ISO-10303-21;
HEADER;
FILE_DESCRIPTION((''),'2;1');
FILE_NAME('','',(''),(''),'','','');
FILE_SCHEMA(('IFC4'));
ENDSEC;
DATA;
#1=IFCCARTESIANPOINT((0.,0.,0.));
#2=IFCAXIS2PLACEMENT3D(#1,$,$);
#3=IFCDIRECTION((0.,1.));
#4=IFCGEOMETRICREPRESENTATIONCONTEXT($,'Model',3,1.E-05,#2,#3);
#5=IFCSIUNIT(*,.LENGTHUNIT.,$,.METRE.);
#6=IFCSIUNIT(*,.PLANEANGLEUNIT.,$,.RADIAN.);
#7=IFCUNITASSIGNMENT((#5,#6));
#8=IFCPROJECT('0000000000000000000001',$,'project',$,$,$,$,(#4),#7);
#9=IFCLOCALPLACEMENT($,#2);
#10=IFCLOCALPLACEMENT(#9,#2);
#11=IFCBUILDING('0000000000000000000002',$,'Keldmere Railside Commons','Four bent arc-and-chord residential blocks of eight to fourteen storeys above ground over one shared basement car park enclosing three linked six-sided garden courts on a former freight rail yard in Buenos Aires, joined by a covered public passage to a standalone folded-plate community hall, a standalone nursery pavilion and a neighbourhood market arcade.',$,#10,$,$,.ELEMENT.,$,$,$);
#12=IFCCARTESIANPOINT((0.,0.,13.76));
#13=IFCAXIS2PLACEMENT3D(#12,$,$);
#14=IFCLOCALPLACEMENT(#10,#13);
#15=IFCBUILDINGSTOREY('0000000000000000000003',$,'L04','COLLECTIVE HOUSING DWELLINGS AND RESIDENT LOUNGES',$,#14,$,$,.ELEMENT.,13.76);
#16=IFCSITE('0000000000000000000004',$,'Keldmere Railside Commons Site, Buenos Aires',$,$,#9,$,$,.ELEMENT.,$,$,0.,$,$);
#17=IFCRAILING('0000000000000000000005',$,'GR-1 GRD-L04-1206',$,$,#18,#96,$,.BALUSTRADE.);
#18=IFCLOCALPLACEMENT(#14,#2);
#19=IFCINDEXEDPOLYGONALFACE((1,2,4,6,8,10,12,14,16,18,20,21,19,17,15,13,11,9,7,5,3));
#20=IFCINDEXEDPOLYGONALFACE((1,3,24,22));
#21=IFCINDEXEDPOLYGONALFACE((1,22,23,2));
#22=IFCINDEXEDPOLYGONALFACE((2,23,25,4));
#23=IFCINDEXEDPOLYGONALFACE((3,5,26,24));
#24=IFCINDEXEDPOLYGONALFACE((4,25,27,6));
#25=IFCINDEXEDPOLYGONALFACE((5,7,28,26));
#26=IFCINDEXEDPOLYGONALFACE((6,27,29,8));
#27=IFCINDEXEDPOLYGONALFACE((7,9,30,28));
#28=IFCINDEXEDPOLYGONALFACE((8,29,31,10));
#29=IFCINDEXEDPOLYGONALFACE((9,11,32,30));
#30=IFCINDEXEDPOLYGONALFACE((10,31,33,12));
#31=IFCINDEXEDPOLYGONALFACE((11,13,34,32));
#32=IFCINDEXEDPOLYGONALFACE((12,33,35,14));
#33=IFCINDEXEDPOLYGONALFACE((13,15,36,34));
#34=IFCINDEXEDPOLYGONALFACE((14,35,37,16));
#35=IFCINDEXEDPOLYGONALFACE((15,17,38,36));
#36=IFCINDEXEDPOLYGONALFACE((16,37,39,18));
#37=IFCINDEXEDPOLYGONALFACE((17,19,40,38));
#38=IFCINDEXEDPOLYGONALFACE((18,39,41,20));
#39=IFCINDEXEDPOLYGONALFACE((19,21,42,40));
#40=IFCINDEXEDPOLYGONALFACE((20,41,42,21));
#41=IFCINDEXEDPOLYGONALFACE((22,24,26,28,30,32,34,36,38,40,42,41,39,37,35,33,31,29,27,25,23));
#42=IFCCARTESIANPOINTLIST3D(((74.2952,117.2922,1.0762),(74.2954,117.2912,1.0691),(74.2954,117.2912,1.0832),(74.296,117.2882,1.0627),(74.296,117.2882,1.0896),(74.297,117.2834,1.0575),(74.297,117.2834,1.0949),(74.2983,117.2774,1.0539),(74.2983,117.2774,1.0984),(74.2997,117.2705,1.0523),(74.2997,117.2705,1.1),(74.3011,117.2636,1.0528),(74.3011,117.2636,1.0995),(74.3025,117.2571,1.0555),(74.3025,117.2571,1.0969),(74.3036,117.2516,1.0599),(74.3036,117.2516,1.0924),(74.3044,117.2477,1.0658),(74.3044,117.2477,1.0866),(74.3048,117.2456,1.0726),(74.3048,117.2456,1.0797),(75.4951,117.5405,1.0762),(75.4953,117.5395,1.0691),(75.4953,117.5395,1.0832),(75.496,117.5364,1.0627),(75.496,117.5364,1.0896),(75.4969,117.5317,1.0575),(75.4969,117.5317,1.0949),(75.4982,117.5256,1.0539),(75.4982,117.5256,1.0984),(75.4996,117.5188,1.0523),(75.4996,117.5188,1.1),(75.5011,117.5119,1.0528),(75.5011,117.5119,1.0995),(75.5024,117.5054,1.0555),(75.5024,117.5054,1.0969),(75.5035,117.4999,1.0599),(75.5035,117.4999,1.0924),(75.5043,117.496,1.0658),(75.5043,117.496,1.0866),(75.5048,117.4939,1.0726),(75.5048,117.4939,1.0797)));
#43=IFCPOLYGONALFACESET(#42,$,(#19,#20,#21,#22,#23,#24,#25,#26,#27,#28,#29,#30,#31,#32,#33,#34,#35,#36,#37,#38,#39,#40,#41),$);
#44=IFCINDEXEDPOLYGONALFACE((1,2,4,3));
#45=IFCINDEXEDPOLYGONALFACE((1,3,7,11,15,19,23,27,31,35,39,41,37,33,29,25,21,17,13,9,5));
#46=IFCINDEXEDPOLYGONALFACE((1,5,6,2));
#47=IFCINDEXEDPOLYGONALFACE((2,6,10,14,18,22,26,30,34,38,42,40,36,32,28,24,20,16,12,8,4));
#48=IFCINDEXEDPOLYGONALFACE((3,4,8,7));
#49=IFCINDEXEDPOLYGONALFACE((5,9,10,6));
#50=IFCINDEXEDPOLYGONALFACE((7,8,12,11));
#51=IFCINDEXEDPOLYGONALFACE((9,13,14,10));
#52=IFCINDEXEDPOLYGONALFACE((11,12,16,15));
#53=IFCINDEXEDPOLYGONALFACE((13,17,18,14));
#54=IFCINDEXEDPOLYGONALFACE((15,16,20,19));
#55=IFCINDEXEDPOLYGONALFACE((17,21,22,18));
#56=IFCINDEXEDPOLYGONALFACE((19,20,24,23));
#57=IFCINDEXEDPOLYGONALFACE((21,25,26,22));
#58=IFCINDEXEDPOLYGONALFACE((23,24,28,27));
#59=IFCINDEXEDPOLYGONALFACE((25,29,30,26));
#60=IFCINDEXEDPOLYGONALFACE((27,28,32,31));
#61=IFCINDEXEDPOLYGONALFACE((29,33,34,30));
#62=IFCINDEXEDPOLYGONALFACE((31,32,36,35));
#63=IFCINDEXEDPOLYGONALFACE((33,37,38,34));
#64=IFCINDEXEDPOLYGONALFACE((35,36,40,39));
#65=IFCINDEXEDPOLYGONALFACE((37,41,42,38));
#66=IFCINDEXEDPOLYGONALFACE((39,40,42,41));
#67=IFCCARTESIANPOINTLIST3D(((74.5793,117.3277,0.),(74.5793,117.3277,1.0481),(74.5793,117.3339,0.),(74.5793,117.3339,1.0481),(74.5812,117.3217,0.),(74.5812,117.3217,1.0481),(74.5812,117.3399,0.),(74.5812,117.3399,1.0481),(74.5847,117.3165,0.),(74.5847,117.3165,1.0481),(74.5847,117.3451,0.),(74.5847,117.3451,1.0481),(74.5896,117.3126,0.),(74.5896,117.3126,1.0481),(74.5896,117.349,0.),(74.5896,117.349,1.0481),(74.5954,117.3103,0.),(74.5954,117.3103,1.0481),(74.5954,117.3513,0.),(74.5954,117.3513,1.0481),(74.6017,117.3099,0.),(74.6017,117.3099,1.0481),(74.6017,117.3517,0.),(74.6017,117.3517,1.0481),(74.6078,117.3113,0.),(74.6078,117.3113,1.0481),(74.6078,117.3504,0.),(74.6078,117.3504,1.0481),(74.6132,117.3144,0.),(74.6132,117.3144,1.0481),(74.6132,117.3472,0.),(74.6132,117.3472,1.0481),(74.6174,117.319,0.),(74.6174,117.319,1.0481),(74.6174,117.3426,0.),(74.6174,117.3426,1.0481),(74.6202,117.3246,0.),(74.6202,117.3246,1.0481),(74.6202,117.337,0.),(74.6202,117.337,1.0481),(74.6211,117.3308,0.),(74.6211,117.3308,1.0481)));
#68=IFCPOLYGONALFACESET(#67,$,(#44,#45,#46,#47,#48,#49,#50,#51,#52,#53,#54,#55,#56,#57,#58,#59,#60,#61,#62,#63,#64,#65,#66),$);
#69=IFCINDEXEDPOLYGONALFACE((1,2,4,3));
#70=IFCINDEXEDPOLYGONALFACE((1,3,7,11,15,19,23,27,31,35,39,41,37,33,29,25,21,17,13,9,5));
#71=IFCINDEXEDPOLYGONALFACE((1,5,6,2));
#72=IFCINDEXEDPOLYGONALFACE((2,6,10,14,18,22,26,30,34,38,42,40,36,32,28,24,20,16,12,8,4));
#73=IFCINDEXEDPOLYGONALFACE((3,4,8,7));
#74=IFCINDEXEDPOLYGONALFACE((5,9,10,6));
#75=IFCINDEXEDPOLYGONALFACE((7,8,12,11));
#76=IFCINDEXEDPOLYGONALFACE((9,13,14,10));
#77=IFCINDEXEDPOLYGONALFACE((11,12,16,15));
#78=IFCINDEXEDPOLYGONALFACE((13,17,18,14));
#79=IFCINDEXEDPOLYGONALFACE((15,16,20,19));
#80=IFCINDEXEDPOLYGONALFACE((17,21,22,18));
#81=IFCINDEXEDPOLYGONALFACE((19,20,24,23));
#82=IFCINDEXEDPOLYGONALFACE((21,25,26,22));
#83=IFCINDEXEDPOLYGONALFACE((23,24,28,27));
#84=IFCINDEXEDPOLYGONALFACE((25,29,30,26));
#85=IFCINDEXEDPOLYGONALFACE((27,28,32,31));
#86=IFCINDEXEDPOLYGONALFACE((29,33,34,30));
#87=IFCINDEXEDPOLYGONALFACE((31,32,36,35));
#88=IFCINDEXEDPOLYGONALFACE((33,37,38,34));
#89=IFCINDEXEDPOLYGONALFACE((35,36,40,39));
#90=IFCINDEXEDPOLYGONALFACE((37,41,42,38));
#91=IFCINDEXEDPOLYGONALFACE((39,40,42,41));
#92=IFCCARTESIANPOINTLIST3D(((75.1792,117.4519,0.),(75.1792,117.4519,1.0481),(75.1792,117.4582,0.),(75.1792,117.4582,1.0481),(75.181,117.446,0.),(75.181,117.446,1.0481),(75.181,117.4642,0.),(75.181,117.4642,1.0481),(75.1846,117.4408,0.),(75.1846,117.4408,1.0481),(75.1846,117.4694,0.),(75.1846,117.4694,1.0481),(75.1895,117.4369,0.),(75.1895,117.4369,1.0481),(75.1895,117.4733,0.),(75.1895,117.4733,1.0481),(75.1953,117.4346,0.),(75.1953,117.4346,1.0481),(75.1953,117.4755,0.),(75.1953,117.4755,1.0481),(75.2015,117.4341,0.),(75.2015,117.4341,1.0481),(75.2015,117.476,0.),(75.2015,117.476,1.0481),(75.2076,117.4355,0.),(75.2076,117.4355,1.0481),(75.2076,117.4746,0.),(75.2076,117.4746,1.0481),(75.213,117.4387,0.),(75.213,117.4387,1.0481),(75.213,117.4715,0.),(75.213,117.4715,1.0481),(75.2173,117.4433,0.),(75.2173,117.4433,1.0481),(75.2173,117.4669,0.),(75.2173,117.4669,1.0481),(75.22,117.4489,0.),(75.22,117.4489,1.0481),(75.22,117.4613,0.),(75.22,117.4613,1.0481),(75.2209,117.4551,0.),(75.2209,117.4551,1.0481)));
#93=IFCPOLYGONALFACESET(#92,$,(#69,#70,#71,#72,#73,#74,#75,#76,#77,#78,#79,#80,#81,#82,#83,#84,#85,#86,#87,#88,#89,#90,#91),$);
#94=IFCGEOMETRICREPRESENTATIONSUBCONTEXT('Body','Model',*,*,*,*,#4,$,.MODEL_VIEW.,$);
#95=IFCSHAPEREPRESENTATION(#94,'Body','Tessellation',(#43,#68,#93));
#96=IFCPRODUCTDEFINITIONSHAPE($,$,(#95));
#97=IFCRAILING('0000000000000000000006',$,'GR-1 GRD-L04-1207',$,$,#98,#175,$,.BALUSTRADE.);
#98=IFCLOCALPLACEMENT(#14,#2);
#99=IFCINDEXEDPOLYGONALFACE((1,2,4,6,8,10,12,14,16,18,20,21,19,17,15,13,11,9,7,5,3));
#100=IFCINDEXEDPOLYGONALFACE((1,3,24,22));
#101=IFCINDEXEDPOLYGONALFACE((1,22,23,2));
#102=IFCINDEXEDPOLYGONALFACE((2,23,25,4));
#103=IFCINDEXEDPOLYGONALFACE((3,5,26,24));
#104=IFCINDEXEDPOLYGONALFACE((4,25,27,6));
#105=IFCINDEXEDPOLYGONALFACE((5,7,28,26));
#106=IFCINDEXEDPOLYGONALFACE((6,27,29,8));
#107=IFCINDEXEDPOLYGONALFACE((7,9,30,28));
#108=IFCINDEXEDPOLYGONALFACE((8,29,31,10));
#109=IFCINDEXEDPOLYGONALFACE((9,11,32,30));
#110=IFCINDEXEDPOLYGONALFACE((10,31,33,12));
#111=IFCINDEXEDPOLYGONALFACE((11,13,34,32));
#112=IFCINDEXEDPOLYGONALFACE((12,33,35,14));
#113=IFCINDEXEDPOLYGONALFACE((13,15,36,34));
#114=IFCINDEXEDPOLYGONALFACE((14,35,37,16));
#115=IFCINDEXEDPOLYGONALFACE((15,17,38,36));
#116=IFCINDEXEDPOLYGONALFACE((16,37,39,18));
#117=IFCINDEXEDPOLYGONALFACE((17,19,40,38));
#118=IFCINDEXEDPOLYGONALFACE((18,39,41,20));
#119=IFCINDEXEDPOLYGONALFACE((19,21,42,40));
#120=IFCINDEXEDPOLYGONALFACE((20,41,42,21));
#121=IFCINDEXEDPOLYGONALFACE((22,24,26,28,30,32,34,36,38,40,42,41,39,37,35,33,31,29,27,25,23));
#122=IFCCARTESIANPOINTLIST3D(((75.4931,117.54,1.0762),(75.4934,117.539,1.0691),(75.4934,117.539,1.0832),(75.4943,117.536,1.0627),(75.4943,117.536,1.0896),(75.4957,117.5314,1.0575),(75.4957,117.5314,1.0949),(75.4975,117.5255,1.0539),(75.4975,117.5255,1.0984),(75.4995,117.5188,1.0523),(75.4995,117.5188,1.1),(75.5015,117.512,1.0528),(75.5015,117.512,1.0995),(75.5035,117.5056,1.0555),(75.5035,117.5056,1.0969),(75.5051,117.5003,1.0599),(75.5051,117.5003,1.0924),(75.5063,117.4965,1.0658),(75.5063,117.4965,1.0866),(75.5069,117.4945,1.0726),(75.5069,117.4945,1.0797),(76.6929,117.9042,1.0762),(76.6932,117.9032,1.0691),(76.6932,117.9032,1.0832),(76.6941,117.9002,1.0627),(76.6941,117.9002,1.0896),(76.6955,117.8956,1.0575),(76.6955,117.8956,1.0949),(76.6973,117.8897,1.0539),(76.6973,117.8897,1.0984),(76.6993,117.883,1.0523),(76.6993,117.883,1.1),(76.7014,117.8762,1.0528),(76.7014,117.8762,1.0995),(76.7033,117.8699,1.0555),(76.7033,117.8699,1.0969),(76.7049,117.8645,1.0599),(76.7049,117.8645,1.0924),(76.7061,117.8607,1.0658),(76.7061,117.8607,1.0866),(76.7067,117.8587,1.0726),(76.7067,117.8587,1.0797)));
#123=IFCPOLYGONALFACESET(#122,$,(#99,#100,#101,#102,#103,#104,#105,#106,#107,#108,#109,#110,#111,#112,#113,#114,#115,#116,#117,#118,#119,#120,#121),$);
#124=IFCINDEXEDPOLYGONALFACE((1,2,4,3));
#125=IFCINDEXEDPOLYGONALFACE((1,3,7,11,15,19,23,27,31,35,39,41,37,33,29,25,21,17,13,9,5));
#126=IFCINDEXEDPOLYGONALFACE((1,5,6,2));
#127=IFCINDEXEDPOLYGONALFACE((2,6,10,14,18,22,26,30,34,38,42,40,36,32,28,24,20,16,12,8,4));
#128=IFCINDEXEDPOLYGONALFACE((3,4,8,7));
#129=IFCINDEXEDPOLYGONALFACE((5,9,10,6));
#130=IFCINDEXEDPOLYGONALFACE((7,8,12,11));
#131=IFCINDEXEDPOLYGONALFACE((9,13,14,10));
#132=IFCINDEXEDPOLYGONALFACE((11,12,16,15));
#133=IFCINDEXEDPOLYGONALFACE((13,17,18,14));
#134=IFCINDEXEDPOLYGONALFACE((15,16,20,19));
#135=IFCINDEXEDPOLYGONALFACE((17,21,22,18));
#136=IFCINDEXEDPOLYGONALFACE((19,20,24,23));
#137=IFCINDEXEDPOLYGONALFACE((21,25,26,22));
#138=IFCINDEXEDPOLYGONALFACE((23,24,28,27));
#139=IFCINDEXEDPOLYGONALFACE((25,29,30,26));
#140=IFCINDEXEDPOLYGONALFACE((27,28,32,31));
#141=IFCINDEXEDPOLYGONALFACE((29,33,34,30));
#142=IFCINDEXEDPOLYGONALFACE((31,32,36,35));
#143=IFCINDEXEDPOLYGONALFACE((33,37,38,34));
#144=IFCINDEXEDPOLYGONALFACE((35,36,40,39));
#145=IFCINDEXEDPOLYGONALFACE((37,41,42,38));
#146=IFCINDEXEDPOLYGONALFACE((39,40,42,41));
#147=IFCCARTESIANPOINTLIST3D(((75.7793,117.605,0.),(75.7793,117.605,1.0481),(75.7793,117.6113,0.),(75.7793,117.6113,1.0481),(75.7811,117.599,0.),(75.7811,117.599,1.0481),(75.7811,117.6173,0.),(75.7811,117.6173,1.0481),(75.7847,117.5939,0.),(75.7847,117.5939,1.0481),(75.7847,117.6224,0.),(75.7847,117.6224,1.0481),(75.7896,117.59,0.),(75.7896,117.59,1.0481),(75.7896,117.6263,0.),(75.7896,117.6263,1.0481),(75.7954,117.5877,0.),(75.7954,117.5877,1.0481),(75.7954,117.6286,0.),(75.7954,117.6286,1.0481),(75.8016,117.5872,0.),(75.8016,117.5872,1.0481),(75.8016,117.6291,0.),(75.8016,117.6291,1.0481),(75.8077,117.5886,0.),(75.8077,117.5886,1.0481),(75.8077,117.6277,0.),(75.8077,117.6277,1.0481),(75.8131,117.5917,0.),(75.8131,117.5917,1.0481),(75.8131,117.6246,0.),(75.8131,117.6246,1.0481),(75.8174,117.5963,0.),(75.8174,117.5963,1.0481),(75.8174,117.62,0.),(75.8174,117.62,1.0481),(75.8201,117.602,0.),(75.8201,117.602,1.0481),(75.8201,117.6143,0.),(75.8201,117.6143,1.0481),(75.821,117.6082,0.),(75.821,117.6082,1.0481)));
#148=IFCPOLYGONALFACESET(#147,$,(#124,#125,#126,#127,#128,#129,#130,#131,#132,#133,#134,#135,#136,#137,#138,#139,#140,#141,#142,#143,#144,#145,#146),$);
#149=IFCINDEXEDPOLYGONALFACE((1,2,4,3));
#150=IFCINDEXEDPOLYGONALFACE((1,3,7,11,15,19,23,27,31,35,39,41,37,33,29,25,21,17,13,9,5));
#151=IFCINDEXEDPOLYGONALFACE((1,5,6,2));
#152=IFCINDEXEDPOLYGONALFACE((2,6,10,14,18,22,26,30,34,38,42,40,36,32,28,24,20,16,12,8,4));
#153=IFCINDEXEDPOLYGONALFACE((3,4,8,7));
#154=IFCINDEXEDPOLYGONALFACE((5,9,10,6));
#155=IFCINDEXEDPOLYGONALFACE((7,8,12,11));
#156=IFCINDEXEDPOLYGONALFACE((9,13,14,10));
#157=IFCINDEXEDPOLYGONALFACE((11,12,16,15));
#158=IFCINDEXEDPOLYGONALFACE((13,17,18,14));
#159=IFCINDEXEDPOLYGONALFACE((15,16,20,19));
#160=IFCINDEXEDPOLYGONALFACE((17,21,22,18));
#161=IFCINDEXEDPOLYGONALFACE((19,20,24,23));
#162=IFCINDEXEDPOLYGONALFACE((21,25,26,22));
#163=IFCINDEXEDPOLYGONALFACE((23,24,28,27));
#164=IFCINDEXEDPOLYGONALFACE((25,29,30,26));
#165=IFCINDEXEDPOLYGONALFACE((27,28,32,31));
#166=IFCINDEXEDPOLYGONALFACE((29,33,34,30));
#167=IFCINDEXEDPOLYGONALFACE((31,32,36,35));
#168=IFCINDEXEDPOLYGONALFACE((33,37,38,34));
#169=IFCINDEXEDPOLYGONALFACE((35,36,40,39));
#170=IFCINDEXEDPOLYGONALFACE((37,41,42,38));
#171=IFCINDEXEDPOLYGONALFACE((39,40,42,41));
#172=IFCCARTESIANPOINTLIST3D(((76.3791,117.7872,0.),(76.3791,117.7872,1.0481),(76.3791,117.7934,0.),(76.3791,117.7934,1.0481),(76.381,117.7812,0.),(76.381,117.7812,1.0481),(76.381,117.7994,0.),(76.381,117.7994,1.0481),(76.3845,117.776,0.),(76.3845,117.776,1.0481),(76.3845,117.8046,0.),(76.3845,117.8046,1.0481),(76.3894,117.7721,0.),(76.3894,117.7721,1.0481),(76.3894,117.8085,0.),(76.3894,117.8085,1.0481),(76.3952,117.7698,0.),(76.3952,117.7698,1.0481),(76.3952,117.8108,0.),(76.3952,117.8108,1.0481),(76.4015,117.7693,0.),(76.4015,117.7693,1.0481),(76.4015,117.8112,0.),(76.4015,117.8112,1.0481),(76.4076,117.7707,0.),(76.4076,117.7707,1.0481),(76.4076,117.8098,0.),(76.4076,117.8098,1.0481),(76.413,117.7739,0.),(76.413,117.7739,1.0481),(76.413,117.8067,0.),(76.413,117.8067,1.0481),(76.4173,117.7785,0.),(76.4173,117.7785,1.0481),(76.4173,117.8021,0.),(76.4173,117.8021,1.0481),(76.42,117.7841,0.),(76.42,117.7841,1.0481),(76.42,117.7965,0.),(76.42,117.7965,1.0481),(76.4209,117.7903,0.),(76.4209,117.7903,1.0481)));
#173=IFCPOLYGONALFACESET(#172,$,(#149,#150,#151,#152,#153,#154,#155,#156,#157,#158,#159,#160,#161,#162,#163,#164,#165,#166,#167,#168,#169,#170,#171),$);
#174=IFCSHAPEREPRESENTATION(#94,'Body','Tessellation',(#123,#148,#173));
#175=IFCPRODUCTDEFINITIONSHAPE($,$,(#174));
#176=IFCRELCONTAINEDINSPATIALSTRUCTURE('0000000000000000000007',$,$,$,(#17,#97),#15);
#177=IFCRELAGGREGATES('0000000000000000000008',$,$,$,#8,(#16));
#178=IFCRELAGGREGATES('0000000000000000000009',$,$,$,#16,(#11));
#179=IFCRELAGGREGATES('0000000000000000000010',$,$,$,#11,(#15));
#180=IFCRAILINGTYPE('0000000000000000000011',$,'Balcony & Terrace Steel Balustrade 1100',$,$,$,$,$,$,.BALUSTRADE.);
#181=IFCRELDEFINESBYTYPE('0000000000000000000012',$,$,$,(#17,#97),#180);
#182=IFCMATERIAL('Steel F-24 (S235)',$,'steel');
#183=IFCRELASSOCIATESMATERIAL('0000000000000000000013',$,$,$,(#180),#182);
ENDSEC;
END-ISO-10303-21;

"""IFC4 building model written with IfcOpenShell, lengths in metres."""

from ifc_helpers import new_model, si_unit, direction, frame, origin, origin_2d, place, context, subcontext, project, spatial, circle, extrude, material, type_object, element, save


model = new_model("IFC4")

# Units and contexts
model_context = context("Model", 3, precision=1e-05, world=origin(), true_north=direction((0.0, 1.0)))
body_context = subcontext(model_context, "Body", "Model", "MODEL_VIEW")
ifc_project = project(units=[si_unit("LENGTHUNIT", "METRE"), si_unit("PLANEANGLEUNIT", "RADIAN")], contexts=[model_context])

# Site, building, storey
site_placement = place(None, origin())
site = spatial("IfcSite", under=ifc_project, at=site_placement, Name="Keldmere Railside Commons Site, Buenos Aires", CompositionType="ELEMENT", RefElevation=0.0)
building_placement = place(site_placement, origin())
building = spatial("IfcBuilding", under=site, at=building_placement, Name="Keldmere Railside Commons", Description="Four bent arc-and-chord residential blocks of eight to fourteen storeys above ground over one shared basement car park enclosing three linked six-sided garden courts on a former freight rail yard in Buenos Aires, joined by a covered public passage to a standalone folded-plate community hall, a standalone nursery pavilion and a neighbourhood market arcade.", CompositionType="ELEMENT")
storey_placement = place(building_placement, frame((0.0, 0.0, 13.76)))
storey = spatial("IfcBuildingStorey", under=building, at=storey_placement, Name="L04", Description="COLLECTIVE HOUSING DWELLINGS AND RESIDENT LOUNGES", CompositionType="ELEMENT", Elevation=13.76)

# Railings
ifc_material_1 = material(Name="Steel F-24 (S235)", Category="steel")
railing_type = type_object("IfcRailingType", Name="Balcony & Terrace Steel Balustrade 1100", PredefinedType="BALUSTRADE", material=ifc_material_1)
railing_1_placement = place(storey_placement, frame((74.3, 117.2688, 0.0)))
element("IfcRailing", 1, at=railing_1_placement, inside=storey, type_object=railing_type, Name="GR-1 GRD-L04-1206", PredefinedType="BALUSTRADE", context=body_context, shape_type="SweptSolid", body=[
    extrude(circle(Radius=0.0239, at=origin_2d()), frame((0.0, 0.0, 1.0762), z_axis=(0.979256, 0.202625, 0.0), x_axis=(-0.202625, 0.979256, 0.0)), (0.0, 0.0, 1.0), 1.2253),
    extrude(circle(Radius=0.021, at=origin_2d()), frame((0.3, 0.062, 0.0)), (0.0, 0.0, 1.0), 1.0481),
    extrude(circle(Radius=0.021, at=origin_2d()), frame((0.8999, 0.1863, 0.0)), (0.0, 0.0, 1.0), 1.0481),
])
railing_2_placement = place(storey_placement, frame((75.5, 117.5171, 0.0)))
element("IfcRailing", 2, at=railing_2_placement, inside=storey, type_object=railing_type, Name="GR-1 GRD-L04-1207", PredefinedType="BALUSTRADE", context=body_context, shape_type="SweptSolid", body=[
    extrude(circle(Radius=0.0239, at=origin_2d()), frame((0.0, 0.0, 1.0762), z_axis=(0.956883, 0.290472, 0.0), x_axis=(-0.290472, 0.956883, 0.0)), (0.0, 0.0, 1.0), 1.2539),
    extrude(circle(Radius=0.021, at=origin_2d()), frame((0.3, 0.0911, 0.0)), (0.0, 0.0, 1.0), 1.0481),
    extrude(circle(Radius=0.021, at=origin_2d()), frame((0.8999, 0.2732, 0.0)), (0.0, 0.0, 1.0), 1.0481),
])

save(model, "model.ifc")
